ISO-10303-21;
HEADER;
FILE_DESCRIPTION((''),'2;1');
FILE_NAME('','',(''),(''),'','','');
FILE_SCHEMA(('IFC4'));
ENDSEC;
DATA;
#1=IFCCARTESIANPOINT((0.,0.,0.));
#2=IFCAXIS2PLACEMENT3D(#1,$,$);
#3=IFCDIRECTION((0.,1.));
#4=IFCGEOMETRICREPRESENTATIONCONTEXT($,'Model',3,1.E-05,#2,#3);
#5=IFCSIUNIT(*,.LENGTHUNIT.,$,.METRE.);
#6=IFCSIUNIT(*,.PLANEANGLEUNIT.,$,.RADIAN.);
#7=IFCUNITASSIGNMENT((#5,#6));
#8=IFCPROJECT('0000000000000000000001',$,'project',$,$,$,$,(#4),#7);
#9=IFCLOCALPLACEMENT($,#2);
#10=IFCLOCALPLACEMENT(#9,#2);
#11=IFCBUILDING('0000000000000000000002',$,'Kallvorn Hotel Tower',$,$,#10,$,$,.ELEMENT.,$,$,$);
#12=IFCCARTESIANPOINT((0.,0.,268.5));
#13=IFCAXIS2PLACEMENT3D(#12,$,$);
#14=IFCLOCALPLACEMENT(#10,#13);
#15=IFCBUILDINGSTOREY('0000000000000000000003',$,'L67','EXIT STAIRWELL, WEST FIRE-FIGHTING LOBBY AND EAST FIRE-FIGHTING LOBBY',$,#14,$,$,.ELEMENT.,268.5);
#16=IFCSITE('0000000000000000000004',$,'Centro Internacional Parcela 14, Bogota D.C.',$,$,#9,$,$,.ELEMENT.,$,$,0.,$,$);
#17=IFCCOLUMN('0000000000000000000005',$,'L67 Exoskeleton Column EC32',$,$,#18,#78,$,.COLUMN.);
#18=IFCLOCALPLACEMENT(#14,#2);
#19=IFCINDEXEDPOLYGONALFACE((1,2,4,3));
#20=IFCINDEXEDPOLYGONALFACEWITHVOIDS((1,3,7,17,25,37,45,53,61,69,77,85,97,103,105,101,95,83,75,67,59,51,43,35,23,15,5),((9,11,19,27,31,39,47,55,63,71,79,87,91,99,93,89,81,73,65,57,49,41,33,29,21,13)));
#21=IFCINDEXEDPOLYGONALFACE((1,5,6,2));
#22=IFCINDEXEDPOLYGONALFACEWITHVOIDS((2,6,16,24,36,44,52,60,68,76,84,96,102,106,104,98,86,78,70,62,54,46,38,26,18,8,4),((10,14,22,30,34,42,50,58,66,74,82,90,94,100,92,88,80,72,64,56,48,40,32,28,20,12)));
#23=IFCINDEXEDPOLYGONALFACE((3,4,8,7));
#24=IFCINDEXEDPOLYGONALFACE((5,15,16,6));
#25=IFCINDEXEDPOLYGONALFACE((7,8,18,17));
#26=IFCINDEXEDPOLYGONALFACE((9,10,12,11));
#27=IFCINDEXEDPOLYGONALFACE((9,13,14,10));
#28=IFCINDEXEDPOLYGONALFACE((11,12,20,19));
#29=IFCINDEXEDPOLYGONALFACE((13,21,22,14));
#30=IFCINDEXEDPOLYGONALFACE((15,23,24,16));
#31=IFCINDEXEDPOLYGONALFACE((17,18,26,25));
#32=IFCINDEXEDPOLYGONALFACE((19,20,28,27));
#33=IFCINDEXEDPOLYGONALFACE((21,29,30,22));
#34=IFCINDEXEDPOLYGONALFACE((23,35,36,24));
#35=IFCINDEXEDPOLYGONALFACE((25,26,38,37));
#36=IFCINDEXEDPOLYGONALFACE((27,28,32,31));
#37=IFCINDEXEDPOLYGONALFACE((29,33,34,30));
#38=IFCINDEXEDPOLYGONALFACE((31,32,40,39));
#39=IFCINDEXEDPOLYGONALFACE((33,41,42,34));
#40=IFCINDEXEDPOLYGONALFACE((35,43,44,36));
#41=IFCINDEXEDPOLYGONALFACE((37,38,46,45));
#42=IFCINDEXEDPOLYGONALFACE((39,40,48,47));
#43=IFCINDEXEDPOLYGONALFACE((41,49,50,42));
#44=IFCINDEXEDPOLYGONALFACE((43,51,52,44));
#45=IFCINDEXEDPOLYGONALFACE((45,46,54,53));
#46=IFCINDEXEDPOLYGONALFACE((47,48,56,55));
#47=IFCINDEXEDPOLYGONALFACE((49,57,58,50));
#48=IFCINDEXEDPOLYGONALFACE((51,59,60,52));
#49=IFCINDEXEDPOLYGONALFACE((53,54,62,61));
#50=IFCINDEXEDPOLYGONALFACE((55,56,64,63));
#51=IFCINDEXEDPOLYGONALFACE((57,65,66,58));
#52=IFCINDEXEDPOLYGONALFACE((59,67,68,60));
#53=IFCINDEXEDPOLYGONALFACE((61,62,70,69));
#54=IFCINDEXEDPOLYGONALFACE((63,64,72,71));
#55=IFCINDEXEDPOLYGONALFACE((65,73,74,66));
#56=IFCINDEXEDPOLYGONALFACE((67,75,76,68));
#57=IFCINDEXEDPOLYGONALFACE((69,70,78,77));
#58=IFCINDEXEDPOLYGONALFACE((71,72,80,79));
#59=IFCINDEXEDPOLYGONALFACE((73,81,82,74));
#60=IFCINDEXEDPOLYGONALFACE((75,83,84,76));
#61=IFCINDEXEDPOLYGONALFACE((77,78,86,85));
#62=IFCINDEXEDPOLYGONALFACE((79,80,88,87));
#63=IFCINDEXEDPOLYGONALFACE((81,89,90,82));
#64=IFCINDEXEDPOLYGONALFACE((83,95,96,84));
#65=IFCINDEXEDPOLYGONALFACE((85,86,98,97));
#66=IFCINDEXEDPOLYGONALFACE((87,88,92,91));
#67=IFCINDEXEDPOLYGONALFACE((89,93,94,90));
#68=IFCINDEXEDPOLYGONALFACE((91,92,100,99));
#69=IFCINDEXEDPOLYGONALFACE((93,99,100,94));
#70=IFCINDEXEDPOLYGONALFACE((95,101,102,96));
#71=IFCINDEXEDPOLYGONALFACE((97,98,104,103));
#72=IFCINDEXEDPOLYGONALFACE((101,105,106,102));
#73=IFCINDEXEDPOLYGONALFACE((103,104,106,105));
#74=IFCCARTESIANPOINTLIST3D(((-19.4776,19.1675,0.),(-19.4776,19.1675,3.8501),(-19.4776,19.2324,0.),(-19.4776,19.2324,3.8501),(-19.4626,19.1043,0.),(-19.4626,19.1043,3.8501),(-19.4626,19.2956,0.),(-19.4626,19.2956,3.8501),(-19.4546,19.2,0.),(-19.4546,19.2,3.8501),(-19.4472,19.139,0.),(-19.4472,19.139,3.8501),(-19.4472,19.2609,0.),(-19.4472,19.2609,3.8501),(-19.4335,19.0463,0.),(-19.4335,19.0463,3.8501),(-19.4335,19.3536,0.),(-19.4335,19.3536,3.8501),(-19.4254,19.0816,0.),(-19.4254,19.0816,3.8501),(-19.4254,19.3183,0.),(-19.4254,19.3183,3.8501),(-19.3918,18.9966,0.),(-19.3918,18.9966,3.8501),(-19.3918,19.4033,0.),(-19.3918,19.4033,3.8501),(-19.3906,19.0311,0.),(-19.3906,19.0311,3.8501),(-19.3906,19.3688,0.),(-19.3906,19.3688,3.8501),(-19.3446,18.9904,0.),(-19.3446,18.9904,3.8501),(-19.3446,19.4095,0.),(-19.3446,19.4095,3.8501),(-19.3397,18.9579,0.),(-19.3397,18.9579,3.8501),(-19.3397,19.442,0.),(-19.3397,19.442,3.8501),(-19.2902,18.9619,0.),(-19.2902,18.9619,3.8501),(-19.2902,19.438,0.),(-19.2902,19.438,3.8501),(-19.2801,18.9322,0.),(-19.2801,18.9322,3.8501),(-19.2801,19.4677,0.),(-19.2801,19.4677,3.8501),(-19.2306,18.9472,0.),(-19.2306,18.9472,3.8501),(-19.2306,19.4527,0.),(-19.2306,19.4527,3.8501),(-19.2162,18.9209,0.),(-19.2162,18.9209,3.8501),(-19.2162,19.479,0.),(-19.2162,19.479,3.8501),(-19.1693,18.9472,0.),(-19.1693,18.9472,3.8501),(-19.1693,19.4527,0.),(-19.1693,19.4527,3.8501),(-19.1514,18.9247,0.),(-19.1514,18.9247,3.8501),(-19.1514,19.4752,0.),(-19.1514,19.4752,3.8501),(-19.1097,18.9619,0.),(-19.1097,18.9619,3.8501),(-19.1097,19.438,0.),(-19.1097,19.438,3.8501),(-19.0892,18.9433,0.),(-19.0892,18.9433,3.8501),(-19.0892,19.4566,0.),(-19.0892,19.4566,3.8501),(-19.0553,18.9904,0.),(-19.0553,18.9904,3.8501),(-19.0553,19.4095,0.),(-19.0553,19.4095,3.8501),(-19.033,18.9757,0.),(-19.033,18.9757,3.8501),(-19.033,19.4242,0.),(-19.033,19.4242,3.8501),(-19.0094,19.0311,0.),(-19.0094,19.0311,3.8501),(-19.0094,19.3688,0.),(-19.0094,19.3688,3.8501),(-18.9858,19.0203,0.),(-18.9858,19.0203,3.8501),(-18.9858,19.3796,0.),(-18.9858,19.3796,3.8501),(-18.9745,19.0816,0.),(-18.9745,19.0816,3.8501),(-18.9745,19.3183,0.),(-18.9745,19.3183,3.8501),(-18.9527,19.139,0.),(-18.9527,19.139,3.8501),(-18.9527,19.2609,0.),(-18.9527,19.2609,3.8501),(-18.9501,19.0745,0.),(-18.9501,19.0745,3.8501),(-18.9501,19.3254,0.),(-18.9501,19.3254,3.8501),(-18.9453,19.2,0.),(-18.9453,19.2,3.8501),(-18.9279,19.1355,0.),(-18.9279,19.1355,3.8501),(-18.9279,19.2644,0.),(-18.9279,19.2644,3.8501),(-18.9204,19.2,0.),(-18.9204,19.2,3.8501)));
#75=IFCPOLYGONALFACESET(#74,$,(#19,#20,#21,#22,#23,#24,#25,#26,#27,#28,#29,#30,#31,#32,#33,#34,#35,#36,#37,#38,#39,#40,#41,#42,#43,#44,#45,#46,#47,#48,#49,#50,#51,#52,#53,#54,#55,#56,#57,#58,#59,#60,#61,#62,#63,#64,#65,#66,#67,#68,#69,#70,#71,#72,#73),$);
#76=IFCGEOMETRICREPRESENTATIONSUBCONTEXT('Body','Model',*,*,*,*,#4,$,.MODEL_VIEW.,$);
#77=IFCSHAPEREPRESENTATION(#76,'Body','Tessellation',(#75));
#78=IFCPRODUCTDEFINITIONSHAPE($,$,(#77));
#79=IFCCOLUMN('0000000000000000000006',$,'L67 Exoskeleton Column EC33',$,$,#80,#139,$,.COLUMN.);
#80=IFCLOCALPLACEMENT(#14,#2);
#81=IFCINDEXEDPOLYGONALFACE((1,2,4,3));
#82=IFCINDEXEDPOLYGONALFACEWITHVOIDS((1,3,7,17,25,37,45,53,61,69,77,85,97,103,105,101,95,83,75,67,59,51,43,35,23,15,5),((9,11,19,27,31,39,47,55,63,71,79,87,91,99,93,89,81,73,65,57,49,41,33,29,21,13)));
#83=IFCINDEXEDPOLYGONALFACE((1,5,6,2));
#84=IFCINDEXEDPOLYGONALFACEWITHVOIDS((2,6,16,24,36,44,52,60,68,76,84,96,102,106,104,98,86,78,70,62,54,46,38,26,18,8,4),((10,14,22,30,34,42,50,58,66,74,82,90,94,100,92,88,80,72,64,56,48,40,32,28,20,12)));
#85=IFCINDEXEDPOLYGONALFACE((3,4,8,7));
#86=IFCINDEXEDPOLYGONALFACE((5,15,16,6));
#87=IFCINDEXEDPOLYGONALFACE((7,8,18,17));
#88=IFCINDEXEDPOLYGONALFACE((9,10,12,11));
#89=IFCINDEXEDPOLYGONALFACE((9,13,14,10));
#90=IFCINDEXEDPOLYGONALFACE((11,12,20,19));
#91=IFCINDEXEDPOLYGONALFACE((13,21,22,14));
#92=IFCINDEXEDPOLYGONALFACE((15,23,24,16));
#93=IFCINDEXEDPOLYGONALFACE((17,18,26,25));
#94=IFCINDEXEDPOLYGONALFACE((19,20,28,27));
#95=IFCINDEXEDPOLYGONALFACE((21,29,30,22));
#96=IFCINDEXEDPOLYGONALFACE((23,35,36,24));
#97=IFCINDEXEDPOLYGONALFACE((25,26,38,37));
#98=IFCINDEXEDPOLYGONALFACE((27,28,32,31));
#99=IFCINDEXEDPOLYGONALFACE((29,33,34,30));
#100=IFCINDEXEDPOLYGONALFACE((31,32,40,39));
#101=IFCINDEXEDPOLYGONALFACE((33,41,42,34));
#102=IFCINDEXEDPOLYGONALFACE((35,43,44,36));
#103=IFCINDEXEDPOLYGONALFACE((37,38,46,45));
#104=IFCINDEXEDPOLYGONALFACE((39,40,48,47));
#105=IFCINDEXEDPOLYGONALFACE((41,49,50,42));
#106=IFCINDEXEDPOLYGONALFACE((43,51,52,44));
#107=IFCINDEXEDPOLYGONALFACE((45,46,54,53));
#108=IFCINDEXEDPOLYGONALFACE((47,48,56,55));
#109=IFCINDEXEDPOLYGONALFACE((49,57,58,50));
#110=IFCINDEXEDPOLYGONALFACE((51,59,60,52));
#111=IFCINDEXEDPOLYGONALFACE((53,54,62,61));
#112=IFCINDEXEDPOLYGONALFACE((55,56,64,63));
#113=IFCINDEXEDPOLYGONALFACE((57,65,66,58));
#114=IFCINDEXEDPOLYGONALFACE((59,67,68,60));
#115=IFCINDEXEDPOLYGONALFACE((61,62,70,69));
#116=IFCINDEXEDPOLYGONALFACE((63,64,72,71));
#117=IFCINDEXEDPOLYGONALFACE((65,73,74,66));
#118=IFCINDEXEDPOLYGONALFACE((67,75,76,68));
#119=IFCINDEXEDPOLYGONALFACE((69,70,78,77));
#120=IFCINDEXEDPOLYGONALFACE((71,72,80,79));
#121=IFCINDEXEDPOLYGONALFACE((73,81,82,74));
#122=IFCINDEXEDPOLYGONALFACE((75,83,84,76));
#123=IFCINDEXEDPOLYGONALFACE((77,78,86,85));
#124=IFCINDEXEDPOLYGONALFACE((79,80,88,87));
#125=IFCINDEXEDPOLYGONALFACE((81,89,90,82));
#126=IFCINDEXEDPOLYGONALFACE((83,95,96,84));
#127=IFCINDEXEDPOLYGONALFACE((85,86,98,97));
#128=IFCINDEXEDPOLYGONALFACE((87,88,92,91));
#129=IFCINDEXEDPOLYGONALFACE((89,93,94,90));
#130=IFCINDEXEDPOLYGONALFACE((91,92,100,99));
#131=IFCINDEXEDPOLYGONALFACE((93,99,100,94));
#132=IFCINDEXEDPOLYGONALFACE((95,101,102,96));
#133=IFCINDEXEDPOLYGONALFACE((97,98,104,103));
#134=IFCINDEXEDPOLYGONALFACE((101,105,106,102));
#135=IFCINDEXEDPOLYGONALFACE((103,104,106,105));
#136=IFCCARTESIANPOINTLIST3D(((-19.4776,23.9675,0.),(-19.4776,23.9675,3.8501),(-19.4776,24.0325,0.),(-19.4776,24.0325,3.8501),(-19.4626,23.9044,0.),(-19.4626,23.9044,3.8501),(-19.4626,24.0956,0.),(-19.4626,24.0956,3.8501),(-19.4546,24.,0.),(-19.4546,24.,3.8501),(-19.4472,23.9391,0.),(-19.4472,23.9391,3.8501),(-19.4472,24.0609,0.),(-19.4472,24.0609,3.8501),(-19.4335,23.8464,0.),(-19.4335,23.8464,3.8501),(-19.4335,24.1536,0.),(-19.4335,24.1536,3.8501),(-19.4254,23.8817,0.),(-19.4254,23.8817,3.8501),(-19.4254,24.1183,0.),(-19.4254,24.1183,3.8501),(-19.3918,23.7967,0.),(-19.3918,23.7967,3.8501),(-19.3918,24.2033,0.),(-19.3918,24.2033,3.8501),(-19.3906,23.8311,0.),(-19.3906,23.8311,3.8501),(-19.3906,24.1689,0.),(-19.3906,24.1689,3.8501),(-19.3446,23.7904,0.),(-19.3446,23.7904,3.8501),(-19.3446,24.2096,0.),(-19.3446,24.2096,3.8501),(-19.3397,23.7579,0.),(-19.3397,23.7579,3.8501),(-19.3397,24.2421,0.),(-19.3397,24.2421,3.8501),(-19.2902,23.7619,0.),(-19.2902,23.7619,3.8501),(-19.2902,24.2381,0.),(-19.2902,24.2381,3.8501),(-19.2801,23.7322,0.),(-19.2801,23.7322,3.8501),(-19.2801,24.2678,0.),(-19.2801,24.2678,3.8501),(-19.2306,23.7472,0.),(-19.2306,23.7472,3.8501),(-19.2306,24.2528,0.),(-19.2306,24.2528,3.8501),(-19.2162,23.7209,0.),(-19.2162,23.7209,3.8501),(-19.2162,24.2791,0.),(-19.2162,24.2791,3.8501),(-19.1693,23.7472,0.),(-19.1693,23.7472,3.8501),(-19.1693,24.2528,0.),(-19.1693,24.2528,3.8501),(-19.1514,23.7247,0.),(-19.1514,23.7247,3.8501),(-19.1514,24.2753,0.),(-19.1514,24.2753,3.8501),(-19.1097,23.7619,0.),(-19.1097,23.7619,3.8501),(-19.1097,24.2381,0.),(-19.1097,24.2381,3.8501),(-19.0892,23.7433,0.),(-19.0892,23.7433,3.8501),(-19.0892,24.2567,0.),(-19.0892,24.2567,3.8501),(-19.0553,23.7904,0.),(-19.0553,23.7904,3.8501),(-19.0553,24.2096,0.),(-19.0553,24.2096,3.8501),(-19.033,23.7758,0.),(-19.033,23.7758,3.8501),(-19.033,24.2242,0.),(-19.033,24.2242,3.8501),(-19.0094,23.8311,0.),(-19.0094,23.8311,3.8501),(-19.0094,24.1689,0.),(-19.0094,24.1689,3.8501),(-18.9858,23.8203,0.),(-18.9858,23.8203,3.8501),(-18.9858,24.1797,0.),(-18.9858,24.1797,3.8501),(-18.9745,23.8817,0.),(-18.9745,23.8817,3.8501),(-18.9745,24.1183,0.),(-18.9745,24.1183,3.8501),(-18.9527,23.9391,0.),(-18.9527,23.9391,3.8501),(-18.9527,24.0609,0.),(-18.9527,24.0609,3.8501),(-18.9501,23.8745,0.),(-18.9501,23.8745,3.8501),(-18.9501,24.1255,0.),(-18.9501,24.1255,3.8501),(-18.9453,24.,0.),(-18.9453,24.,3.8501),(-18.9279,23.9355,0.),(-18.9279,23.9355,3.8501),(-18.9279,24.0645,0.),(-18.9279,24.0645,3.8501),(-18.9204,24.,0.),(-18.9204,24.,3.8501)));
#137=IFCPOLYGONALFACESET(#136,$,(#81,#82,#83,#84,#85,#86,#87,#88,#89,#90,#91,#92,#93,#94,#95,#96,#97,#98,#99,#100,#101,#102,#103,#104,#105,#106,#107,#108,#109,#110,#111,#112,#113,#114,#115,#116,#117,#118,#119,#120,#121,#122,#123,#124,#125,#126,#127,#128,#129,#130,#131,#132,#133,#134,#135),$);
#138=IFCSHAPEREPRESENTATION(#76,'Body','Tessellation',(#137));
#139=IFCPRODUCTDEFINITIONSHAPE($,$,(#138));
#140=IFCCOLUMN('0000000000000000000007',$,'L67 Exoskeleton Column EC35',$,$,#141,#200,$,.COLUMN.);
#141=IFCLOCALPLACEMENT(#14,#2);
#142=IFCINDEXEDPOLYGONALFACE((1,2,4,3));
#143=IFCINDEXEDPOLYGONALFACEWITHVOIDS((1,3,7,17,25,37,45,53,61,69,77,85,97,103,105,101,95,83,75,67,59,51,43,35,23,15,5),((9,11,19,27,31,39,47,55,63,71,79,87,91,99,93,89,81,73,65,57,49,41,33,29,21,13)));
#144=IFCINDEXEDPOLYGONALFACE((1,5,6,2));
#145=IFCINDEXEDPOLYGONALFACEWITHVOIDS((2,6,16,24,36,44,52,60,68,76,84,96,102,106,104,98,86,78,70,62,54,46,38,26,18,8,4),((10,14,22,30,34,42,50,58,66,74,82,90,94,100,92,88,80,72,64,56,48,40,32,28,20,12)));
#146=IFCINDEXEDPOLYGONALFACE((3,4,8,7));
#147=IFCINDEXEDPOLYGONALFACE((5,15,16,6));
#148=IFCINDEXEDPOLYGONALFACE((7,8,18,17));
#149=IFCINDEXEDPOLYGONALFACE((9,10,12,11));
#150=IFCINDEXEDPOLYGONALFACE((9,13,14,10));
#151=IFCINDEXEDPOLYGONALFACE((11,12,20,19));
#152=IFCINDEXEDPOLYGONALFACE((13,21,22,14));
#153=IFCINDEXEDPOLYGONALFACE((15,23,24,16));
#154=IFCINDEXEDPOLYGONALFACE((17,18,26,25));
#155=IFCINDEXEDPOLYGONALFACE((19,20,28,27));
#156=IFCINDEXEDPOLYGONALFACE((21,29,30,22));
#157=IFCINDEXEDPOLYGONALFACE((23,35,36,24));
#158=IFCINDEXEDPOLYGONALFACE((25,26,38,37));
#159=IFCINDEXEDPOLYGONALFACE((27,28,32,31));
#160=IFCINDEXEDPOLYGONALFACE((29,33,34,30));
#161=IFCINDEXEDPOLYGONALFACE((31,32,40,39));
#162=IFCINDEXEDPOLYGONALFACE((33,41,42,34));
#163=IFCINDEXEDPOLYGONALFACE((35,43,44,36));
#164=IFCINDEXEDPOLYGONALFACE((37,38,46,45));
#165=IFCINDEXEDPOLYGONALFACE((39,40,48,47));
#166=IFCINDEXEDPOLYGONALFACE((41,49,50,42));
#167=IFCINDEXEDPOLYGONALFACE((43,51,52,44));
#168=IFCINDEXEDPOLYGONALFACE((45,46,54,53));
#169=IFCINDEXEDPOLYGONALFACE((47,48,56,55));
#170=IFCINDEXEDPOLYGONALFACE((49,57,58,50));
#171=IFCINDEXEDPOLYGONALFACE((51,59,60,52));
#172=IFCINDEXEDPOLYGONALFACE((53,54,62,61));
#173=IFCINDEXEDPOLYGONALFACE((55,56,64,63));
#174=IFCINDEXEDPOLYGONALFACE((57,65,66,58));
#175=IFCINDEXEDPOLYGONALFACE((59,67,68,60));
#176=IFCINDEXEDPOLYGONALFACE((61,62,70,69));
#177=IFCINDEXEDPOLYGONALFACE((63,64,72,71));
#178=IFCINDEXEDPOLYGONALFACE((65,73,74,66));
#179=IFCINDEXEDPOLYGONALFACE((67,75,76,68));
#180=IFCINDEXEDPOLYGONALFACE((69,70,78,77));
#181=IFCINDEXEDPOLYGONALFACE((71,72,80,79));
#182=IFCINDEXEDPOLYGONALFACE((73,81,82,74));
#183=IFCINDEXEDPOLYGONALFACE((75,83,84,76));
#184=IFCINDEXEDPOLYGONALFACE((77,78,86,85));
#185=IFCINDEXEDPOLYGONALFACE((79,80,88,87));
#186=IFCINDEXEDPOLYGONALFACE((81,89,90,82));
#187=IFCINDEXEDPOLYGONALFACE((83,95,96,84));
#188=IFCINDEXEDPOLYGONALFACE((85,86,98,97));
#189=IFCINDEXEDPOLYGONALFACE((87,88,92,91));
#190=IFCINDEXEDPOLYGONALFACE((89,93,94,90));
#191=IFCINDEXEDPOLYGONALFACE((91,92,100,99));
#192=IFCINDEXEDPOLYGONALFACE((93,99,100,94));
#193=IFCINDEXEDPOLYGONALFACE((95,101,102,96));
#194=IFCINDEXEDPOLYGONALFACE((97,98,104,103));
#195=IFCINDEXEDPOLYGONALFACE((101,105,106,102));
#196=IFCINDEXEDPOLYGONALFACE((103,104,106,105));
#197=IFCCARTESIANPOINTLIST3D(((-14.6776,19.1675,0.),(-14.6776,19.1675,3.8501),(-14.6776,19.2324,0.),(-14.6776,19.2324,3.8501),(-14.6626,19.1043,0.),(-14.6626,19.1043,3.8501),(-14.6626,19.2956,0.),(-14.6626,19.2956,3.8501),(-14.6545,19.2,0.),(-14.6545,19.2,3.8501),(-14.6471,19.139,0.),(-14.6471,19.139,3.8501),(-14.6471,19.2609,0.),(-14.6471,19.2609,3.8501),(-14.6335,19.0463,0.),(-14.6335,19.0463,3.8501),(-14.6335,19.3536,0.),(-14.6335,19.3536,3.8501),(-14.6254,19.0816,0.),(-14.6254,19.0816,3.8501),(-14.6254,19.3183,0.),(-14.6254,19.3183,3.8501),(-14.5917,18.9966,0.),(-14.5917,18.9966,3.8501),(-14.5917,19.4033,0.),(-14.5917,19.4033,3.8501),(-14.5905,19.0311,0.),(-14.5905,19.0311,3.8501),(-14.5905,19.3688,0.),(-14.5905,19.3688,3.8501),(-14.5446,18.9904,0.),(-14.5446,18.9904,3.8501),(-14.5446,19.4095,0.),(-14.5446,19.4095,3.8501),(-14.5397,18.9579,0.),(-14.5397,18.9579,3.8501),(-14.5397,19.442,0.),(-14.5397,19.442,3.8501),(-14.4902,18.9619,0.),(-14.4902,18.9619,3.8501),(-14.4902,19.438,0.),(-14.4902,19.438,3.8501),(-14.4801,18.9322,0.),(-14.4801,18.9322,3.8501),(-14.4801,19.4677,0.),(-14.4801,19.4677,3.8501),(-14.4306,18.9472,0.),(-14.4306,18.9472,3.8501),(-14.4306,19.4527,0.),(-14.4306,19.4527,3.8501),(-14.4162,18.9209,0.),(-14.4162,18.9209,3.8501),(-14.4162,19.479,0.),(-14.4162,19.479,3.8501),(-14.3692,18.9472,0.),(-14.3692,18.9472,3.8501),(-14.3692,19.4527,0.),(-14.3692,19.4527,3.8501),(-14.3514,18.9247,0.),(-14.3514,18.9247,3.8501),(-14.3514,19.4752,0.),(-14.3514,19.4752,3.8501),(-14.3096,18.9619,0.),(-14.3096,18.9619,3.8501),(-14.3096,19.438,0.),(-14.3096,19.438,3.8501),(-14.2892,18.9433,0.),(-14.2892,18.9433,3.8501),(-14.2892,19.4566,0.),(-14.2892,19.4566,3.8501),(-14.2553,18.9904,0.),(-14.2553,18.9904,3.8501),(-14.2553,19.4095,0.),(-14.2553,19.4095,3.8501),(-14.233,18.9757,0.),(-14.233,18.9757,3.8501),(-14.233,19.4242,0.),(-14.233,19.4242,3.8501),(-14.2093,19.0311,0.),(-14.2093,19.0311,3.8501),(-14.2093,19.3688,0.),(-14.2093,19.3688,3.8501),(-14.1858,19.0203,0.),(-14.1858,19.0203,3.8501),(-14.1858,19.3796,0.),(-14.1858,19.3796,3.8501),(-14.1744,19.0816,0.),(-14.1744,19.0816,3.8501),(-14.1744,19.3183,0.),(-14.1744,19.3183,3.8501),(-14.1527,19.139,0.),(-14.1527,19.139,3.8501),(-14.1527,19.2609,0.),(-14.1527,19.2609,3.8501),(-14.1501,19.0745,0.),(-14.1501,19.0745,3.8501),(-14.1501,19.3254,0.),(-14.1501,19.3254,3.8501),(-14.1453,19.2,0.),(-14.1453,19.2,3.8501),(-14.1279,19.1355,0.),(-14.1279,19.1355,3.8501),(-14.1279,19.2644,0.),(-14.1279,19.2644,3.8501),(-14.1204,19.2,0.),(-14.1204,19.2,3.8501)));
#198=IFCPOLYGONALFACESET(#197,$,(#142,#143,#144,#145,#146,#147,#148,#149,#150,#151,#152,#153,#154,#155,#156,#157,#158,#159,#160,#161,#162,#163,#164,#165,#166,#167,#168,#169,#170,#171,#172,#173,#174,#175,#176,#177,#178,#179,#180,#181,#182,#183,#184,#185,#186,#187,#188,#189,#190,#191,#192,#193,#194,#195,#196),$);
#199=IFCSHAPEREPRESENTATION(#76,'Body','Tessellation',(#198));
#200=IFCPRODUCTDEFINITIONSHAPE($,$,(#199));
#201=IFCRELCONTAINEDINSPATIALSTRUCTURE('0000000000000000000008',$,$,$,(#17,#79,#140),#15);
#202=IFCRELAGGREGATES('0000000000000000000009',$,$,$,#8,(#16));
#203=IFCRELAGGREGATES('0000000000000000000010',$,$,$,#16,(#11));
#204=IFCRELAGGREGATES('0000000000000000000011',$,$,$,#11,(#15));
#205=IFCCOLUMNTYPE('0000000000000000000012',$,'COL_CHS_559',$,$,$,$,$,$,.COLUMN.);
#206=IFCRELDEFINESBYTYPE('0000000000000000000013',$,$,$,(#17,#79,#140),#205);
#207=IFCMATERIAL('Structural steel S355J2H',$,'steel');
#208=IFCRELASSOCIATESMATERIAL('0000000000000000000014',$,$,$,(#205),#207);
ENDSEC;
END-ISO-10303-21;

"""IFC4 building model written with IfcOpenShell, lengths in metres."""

from ifc_helpers import new_model, si_unit, direction, frame, origin, origin_2d, place, context, subcontext, project, spatial, hollow_circle, extrude, material, material_profile, profile_set, type_object, element, save


model = new_model("IFC4")

# Units and contexts
model_context = context("Model", 3, precision=1e-05, world=origin(), true_north=direction((0.0, 1.0)))
body_context = subcontext(model_context, "Body", "Model", "MODEL_VIEW")
ifc_project = project(units=[si_unit("LENGTHUNIT", "METRE"), si_unit("PLANEANGLEUNIT", "RADIAN")], contexts=[model_context])

# Site, building, storey
site_placement = place(None, origin())
site = spatial("IfcSite", under=ifc_project, at=site_placement, Name="Centro Internacional Parcela 14, Bogota D.C.", CompositionType="ELEMENT", RefElevation=0.0)
building_placement = place(site_placement, origin())
building = spatial("IfcBuilding", under=site, at=building_placement, Name="Kallvorn Hotel Tower", CompositionType="ELEMENT")
storey_placement = place(building_placement, frame((0.0, 0.0, 268.5)))
storey = spatial("IfcBuildingStorey", under=building, at=storey_placement, Name="L67", Description="EXIT STAIRWELL, WEST FIRE-FIGHTING LOBBY AND EAST FIRE-FIGHTING LOBBY", CompositionType="ELEMENT", Elevation=268.5)

# Columns
ifc_material_1 = material(Name="Structural steel S355J2H", Category="steel")
ifc_material_profile_1 = material_profile(ifc_material_1, hollow_circle(Radius=0.2795, WallThickness=0.0249, at=origin_2d()), Name="CHS 559x25")
ifc_profile_set_1 = profile_set([ifc_material_profile_1], Name="Structural steel S355J2H")
column_type_1 = type_object("IfcColumnType", Name="COL_CHS_559", PredefinedType="COLUMN", material=ifc_profile_set_1)
for number, where, z_axis, x_axis, name in (
    (1, (-19.2, 19.2, 0.0), (0.0, 0.0, 1.0), (1.0, 0.0, 0.0), "L67 Exoskeleton Column EC32"),
    (2, (-19.2, 24.0, 0.0), (0.0, 0.0, 1.0), (1.0, 0.0, 0.0), "L67 Exoskeleton Column EC33"),
    (3, (-14.3999, 19.2, 0.0), (0.0, 0.0, 1.0), (1.0, 0.0, 0.0), "L67 Exoskeleton Column EC35"),
):
    element("IfcColumn", number, at=place(storey_placement, frame(where, z_axis=z_axis, x_axis=x_axis)), inside=storey, type_object=column_type_1, Name=name, PredefinedType="COLUMN", context=body_context, shape_type="SweptSolid", body=[
        extrude(hollow_circle(Radius=0.2795, WallThickness=0.0249, at=origin_2d()), origin(), (0.0, 0.0, 1.0), 3.8501),
    ])

save(model, "model.ifc")
